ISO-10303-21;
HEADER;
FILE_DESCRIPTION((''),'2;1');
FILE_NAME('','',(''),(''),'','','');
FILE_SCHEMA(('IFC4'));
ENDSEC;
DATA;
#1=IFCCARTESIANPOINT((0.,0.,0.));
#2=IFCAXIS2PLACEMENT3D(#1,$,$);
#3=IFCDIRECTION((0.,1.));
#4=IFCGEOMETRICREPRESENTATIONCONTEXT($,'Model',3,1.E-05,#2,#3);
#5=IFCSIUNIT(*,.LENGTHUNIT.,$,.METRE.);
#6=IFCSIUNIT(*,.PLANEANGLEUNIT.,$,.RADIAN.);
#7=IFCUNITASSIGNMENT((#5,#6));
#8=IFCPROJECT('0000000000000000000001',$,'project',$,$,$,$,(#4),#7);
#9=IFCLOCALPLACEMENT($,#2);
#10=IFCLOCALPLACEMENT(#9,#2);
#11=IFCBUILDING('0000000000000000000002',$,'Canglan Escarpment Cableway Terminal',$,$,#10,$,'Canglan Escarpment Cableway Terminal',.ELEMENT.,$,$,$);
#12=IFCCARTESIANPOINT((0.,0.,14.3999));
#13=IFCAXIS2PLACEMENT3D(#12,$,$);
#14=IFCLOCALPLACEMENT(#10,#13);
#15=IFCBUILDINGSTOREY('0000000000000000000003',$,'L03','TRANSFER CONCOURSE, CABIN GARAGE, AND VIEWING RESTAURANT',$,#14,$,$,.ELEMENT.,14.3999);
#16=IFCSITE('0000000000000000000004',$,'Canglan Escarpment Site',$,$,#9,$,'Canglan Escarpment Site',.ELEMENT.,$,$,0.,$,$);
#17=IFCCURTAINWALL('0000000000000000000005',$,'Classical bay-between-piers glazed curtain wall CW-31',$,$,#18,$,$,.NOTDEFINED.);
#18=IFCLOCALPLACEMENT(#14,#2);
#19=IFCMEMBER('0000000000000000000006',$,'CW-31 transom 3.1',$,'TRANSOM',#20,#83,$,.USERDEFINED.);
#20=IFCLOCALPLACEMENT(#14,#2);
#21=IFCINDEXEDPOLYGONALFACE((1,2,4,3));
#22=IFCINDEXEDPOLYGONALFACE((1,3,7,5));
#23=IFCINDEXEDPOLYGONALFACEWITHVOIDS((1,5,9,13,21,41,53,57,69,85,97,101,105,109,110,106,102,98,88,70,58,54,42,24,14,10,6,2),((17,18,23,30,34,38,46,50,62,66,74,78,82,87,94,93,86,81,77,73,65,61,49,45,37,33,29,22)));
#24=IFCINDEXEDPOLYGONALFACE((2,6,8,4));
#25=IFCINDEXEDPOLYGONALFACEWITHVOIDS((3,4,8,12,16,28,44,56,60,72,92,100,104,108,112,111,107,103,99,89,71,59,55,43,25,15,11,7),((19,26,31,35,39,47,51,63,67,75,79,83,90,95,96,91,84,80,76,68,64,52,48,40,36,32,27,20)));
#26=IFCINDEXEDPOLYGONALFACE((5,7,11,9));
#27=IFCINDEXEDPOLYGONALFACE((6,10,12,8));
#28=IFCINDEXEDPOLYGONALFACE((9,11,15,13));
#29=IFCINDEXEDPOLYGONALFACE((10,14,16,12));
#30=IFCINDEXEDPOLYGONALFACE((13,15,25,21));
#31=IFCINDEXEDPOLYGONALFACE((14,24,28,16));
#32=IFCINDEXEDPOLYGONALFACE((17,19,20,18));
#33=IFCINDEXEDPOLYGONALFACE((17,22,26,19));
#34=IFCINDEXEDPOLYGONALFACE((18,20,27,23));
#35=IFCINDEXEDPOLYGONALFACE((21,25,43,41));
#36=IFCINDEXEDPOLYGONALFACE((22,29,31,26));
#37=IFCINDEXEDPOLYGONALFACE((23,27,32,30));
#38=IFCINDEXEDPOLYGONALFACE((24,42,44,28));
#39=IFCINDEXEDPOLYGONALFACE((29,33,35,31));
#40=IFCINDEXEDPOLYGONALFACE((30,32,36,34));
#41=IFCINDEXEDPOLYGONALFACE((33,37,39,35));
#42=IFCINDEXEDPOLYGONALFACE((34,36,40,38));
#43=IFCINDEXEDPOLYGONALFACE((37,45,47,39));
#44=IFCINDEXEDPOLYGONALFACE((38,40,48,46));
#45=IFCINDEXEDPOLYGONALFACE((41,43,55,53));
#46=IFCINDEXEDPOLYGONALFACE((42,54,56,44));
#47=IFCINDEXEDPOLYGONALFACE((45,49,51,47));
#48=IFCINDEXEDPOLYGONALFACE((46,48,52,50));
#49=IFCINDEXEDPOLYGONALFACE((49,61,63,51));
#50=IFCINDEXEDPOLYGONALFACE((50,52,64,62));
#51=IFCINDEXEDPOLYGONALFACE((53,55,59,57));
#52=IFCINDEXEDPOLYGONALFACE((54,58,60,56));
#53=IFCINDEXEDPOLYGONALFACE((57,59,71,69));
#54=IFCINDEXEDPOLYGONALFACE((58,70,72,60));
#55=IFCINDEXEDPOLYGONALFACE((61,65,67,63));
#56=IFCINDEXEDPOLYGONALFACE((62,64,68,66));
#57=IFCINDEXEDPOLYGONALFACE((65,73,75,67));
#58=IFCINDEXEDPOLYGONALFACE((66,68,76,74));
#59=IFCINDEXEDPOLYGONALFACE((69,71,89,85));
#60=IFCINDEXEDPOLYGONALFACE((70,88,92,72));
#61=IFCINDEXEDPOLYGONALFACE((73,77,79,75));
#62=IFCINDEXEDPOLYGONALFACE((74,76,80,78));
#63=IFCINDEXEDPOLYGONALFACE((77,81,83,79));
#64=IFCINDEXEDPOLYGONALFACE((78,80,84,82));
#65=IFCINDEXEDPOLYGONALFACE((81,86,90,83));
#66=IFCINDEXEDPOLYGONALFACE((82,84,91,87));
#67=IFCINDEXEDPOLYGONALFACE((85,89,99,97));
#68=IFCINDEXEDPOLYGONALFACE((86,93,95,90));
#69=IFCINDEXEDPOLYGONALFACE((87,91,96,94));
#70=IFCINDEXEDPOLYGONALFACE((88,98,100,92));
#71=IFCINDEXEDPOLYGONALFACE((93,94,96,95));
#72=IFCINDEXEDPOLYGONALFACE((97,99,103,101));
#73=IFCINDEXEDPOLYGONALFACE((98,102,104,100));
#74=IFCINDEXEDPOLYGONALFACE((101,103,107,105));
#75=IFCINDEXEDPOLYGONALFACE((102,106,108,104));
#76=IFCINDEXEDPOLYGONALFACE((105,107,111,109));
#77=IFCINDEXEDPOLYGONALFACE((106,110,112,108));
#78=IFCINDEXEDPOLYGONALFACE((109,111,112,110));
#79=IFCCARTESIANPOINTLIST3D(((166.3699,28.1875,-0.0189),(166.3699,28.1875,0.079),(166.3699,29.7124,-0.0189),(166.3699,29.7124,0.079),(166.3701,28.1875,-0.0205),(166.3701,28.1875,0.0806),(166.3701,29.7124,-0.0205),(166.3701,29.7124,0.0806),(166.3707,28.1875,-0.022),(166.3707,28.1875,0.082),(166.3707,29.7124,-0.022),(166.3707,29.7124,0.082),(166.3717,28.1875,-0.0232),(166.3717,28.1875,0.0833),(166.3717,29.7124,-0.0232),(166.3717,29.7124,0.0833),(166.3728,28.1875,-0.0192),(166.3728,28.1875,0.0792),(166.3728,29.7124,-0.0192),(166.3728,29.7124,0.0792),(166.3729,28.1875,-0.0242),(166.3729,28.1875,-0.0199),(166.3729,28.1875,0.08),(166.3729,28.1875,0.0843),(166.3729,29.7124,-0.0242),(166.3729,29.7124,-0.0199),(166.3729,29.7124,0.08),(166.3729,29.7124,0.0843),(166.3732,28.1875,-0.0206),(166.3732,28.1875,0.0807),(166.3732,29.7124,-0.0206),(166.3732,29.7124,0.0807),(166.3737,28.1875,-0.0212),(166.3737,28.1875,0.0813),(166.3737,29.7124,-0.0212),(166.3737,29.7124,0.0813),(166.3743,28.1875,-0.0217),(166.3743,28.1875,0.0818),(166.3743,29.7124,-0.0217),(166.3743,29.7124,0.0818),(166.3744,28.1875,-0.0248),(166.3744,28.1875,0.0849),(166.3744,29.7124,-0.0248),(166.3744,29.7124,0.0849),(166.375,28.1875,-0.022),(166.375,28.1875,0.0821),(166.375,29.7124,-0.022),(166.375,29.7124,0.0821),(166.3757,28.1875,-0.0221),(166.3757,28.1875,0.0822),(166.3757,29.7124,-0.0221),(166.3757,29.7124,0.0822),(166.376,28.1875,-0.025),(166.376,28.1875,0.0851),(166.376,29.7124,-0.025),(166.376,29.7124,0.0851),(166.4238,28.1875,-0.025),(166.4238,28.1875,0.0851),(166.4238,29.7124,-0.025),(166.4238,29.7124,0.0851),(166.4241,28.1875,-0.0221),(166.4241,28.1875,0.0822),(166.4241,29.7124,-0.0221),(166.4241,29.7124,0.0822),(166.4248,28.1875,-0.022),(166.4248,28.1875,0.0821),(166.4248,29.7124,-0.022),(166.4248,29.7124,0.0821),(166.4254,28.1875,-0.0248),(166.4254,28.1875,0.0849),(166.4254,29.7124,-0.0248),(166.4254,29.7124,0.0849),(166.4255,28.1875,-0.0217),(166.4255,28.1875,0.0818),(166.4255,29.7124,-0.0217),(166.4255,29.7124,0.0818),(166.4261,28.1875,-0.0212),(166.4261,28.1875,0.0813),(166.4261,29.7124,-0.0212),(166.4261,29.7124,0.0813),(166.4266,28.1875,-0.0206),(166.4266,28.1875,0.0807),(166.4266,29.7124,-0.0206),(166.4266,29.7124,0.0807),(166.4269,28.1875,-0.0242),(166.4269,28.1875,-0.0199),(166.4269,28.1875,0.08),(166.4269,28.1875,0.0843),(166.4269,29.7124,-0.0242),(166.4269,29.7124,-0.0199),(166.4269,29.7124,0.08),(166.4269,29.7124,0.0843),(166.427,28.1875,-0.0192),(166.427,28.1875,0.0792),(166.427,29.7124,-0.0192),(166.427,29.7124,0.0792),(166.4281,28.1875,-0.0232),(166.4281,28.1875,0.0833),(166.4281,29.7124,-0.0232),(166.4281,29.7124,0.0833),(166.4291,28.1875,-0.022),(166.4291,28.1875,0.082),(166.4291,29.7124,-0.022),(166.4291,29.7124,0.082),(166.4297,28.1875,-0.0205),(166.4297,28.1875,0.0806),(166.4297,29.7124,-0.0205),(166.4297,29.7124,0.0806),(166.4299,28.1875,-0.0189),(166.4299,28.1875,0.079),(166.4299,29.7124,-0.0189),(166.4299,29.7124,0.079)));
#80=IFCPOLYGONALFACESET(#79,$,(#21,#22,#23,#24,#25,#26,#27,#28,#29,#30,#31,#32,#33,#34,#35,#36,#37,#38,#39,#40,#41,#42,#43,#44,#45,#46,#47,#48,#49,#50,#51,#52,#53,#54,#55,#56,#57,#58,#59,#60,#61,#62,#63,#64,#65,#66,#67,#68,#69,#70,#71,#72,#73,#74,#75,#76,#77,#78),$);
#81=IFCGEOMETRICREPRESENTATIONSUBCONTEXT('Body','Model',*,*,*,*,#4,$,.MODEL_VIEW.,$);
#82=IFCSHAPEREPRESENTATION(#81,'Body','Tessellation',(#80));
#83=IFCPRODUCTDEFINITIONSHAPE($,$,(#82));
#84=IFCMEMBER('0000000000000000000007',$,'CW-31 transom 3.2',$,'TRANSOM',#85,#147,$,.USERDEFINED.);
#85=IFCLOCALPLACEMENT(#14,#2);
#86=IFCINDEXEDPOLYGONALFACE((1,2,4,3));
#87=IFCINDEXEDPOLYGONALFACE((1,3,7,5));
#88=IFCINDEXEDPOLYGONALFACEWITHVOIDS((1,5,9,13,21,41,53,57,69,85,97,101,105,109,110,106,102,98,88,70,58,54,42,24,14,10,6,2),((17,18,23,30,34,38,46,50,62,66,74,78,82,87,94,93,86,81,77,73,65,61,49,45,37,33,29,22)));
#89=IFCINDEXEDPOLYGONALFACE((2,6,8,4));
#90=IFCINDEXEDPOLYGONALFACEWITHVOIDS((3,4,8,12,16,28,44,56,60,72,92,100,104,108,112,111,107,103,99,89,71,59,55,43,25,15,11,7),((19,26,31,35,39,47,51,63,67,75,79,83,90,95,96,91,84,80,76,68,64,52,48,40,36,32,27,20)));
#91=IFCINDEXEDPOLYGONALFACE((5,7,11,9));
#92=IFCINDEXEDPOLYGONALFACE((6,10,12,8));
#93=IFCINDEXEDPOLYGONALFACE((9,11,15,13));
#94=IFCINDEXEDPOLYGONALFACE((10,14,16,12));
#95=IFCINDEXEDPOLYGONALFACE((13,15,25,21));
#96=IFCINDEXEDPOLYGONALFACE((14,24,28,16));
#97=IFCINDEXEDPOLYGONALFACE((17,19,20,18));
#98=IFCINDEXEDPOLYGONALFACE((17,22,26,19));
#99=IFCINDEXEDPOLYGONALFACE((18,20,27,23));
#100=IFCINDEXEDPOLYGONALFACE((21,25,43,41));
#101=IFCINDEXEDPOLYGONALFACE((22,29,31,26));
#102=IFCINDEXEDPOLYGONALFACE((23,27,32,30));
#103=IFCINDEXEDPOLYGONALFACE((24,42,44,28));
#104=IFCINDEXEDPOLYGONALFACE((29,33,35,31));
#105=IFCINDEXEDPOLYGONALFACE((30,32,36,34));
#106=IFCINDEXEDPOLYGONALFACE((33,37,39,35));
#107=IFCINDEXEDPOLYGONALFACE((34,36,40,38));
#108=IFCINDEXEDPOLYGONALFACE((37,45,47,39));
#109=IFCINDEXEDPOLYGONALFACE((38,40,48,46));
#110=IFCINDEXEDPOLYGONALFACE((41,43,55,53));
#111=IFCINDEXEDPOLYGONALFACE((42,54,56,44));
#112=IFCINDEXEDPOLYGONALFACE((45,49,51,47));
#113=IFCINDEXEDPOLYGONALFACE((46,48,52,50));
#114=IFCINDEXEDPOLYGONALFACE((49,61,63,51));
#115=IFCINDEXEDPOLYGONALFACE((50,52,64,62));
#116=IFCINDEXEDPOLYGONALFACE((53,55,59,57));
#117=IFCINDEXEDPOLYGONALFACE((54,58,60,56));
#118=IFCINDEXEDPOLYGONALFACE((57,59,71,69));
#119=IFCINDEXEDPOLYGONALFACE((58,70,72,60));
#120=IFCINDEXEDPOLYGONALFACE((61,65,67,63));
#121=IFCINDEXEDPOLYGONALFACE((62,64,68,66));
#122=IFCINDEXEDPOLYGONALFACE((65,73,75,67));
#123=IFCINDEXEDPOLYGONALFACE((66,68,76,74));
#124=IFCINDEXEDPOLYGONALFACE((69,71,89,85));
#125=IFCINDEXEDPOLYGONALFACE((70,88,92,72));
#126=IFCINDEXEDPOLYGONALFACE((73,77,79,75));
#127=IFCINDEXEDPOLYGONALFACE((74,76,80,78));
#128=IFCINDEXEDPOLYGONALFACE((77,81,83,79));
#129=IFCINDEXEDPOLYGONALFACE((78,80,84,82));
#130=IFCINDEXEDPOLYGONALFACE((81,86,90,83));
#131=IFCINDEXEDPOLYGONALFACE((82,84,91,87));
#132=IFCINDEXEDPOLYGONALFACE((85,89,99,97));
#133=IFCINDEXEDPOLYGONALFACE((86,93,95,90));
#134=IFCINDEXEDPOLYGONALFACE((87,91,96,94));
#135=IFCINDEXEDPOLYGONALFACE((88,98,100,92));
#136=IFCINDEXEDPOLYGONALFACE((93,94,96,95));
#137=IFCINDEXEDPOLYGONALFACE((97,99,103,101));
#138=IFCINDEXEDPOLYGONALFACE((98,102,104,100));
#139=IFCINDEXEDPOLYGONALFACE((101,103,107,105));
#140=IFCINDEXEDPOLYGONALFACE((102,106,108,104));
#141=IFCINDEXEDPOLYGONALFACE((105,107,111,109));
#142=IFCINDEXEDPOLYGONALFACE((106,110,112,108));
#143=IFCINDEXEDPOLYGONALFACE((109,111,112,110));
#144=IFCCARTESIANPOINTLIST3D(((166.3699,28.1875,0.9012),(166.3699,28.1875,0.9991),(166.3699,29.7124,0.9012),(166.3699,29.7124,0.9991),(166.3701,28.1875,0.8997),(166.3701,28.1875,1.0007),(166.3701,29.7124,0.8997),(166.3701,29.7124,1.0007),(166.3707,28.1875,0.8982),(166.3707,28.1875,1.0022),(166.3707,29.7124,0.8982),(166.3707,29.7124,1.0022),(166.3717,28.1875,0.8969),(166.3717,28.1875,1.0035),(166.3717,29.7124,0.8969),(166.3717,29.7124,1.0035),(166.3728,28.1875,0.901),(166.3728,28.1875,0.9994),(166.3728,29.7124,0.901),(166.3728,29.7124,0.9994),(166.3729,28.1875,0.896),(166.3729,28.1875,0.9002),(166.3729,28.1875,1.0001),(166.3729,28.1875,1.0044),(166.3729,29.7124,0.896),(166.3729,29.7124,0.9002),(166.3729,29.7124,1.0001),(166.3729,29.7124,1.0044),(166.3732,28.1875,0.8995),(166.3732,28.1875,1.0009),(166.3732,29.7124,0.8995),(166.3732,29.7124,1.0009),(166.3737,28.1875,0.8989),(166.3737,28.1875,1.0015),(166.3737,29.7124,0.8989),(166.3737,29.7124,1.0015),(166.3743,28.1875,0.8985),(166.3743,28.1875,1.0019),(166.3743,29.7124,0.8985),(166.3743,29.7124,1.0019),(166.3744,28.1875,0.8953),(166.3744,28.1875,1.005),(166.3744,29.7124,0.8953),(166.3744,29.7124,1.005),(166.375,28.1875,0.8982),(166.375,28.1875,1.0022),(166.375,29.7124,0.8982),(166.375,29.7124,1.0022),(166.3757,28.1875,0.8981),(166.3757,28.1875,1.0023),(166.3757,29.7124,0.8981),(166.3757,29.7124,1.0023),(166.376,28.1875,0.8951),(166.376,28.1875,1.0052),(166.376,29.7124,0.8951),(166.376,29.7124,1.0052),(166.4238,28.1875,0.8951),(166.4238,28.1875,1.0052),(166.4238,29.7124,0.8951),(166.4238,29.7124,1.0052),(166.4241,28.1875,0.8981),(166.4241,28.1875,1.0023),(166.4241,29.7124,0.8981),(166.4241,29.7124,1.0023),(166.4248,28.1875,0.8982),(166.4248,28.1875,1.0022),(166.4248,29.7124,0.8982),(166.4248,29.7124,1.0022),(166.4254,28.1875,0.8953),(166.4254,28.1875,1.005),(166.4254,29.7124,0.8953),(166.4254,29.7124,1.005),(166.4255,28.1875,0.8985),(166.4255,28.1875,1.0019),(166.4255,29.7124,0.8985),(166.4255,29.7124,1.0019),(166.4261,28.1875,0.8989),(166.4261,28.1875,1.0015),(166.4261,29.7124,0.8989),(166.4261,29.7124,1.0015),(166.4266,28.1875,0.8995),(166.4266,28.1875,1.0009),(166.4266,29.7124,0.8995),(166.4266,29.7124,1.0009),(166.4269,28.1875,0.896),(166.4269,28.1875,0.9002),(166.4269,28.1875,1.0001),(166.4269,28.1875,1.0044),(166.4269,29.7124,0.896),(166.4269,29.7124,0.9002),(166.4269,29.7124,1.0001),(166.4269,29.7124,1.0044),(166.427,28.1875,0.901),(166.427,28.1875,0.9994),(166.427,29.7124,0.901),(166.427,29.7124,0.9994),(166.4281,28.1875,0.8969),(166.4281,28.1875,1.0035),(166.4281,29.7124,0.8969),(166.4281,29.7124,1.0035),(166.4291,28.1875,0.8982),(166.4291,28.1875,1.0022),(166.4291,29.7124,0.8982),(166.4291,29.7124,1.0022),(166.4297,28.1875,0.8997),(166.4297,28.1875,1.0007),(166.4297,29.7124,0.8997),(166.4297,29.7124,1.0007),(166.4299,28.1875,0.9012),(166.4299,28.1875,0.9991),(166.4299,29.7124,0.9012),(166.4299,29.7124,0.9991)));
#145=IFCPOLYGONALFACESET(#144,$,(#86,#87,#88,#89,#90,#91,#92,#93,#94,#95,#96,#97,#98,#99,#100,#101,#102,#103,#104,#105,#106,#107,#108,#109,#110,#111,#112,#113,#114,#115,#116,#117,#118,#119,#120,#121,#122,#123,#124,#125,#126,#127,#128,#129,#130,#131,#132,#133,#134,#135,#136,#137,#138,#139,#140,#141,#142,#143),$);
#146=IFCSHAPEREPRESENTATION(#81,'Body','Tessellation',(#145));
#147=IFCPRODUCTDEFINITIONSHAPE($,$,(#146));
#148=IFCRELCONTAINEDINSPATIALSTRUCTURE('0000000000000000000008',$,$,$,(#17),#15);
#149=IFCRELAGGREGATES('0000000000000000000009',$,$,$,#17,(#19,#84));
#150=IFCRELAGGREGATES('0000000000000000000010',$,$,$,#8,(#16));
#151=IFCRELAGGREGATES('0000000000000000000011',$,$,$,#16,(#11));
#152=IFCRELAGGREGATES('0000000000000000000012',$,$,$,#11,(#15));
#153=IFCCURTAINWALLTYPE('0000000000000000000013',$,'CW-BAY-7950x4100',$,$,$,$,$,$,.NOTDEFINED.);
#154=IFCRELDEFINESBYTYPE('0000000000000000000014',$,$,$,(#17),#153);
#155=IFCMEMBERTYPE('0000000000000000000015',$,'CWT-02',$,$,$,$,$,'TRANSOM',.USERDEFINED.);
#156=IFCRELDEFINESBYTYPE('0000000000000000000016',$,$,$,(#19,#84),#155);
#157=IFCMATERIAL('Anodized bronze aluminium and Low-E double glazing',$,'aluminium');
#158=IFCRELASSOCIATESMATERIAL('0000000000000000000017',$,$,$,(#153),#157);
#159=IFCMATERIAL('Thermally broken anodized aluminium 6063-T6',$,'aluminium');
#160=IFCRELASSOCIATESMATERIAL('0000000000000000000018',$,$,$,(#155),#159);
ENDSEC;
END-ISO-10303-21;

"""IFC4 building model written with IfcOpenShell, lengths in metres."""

from ifc_helpers import new_model, si_unit, direction, frame, origin, origin_2d, place, context, subcontext, project, spatial, hollow_rectangle, extrude, material, material_profile, profile_set, type_object, element, aggregate, save


model = new_model("IFC4")

# Units and contexts
model_context = context("Model", 3, precision=1e-05, world=origin(), true_north=direction((0.0, 1.0)))
body_context = subcontext(model_context, "Body", "Model", "MODEL_VIEW")
ifc_project = project(units=[si_unit("LENGTHUNIT", "METRE"), si_unit("PLANEANGLEUNIT", "RADIAN")], contexts=[model_context])

# Site, building, storey
site_placement = place(None, origin())
site = spatial("IfcSite", under=ifc_project, at=site_placement, Name="Canglan Escarpment Site", LongName="Canglan Escarpment Site", CompositionType="ELEMENT", RefElevation=0.0)
building_placement = place(site_placement, origin())
building = spatial("IfcBuilding", under=site, at=building_placement, Name="Canglan Escarpment Cableway Terminal", LongName="Canglan Escarpment Cableway Terminal", CompositionType="ELEMENT")
storey_placement = place(building_placement, frame((0.0, 0.0, 14.3999)))
storey = spatial("IfcBuildingStorey", under=building, at=storey_placement, Name="L03", Description="TRANSFER CONCOURSE, CABIN GARAGE, AND VIEWING RESTAURANT", CompositionType="ELEMENT", Elevation=14.3999)

# Curtain wall, members
ifc_material_1 = material(Name="Anodized bronze aluminium and Low-E double glazing", Category="aluminium")
curtain_wall_type = type_object("IfcCurtainWallType", Name="CW-BAY-7950x4100", PredefinedType="NOTDEFINED", material=ifc_material_1)
curtain_wall_placement = place(storey_placement, origin())
curtain_wall = element("IfcCurtainWall", 1, at=curtain_wall_placement, inside=storey, type_object=curtain_wall_type, Name="Classical bay-between-piers glazed curtain wall CW-31", PredefinedType="NOTDEFINED")
ifc_material_2 = material(Name="Thermally broken anodized aluminium 6063-T6", Category="aluminium")
ifc_material_profile_1 = material_profile(ifc_material_2, hollow_rectangle(XDim=0.0601, YDim=0.1101, WallThickness=0.0029, InnerFilletRadius=0.0029, OuterFilletRadius=0.0061, at=origin_2d()), Name="ALU-TRAN 60x110x3")
ifc_profile_set_1 = profile_set([ifc_material_profile_1], Name="Thermally broken anodized aluminium 6063-T6")
member_type_1 = type_object("IfcMemberType", Name="CWT-02", ElementType="TRANSOM", PredefinedType="USERDEFINED", material=ifc_profile_set_1)
member_1_placement = place(storey_placement, frame((166.3999, 28.1875, 0.03), z_axis=(0.0, 1.0, 0.0), x_axis=(-1.0, 0.0, 0.0)))
member_1 = element("IfcMember", 2, at=member_1_placement, type_object=member_type_1, Name="CW-31 transom 3.1", ObjectType="TRANSOM", PredefinedType="USERDEFINED", context=body_context, shape_type="SweptSolid", body=[
    extrude(hollow_rectangle(XDim=0.0601, YDim=0.1101, WallThickness=0.0029, InnerFilletRadius=0.0029, OuterFilletRadius=0.0061, at=origin_2d()), origin(), (0.0, 0.0, 1.0), 1.5249),
])
member_2_placement = place(storey_placement, frame((166.3999, 28.1875, 0.9502), z_axis=(0.0, 1.0, 0.0), x_axis=(-1.0, 0.0, 0.0)))
member_2 = element("IfcMember", 3, at=member_2_placement, type_object=member_type_1, Name="CW-31 transom 3.2", ObjectType="TRANSOM", PredefinedType="USERDEFINED", context=body_context, shape_type="SweptSolid", body=[
    extrude(hollow_rectangle(XDim=0.0601, YDim=0.1101, WallThickness=0.0029, InnerFilletRadius=0.0029, OuterFilletRadius=0.0061, at=origin_2d()), origin(), (0.0, 0.0, 1.0), 1.5249),
])

aggregate(curtain_wall, [member_1, member_2])

save(model, "model.ifc")
